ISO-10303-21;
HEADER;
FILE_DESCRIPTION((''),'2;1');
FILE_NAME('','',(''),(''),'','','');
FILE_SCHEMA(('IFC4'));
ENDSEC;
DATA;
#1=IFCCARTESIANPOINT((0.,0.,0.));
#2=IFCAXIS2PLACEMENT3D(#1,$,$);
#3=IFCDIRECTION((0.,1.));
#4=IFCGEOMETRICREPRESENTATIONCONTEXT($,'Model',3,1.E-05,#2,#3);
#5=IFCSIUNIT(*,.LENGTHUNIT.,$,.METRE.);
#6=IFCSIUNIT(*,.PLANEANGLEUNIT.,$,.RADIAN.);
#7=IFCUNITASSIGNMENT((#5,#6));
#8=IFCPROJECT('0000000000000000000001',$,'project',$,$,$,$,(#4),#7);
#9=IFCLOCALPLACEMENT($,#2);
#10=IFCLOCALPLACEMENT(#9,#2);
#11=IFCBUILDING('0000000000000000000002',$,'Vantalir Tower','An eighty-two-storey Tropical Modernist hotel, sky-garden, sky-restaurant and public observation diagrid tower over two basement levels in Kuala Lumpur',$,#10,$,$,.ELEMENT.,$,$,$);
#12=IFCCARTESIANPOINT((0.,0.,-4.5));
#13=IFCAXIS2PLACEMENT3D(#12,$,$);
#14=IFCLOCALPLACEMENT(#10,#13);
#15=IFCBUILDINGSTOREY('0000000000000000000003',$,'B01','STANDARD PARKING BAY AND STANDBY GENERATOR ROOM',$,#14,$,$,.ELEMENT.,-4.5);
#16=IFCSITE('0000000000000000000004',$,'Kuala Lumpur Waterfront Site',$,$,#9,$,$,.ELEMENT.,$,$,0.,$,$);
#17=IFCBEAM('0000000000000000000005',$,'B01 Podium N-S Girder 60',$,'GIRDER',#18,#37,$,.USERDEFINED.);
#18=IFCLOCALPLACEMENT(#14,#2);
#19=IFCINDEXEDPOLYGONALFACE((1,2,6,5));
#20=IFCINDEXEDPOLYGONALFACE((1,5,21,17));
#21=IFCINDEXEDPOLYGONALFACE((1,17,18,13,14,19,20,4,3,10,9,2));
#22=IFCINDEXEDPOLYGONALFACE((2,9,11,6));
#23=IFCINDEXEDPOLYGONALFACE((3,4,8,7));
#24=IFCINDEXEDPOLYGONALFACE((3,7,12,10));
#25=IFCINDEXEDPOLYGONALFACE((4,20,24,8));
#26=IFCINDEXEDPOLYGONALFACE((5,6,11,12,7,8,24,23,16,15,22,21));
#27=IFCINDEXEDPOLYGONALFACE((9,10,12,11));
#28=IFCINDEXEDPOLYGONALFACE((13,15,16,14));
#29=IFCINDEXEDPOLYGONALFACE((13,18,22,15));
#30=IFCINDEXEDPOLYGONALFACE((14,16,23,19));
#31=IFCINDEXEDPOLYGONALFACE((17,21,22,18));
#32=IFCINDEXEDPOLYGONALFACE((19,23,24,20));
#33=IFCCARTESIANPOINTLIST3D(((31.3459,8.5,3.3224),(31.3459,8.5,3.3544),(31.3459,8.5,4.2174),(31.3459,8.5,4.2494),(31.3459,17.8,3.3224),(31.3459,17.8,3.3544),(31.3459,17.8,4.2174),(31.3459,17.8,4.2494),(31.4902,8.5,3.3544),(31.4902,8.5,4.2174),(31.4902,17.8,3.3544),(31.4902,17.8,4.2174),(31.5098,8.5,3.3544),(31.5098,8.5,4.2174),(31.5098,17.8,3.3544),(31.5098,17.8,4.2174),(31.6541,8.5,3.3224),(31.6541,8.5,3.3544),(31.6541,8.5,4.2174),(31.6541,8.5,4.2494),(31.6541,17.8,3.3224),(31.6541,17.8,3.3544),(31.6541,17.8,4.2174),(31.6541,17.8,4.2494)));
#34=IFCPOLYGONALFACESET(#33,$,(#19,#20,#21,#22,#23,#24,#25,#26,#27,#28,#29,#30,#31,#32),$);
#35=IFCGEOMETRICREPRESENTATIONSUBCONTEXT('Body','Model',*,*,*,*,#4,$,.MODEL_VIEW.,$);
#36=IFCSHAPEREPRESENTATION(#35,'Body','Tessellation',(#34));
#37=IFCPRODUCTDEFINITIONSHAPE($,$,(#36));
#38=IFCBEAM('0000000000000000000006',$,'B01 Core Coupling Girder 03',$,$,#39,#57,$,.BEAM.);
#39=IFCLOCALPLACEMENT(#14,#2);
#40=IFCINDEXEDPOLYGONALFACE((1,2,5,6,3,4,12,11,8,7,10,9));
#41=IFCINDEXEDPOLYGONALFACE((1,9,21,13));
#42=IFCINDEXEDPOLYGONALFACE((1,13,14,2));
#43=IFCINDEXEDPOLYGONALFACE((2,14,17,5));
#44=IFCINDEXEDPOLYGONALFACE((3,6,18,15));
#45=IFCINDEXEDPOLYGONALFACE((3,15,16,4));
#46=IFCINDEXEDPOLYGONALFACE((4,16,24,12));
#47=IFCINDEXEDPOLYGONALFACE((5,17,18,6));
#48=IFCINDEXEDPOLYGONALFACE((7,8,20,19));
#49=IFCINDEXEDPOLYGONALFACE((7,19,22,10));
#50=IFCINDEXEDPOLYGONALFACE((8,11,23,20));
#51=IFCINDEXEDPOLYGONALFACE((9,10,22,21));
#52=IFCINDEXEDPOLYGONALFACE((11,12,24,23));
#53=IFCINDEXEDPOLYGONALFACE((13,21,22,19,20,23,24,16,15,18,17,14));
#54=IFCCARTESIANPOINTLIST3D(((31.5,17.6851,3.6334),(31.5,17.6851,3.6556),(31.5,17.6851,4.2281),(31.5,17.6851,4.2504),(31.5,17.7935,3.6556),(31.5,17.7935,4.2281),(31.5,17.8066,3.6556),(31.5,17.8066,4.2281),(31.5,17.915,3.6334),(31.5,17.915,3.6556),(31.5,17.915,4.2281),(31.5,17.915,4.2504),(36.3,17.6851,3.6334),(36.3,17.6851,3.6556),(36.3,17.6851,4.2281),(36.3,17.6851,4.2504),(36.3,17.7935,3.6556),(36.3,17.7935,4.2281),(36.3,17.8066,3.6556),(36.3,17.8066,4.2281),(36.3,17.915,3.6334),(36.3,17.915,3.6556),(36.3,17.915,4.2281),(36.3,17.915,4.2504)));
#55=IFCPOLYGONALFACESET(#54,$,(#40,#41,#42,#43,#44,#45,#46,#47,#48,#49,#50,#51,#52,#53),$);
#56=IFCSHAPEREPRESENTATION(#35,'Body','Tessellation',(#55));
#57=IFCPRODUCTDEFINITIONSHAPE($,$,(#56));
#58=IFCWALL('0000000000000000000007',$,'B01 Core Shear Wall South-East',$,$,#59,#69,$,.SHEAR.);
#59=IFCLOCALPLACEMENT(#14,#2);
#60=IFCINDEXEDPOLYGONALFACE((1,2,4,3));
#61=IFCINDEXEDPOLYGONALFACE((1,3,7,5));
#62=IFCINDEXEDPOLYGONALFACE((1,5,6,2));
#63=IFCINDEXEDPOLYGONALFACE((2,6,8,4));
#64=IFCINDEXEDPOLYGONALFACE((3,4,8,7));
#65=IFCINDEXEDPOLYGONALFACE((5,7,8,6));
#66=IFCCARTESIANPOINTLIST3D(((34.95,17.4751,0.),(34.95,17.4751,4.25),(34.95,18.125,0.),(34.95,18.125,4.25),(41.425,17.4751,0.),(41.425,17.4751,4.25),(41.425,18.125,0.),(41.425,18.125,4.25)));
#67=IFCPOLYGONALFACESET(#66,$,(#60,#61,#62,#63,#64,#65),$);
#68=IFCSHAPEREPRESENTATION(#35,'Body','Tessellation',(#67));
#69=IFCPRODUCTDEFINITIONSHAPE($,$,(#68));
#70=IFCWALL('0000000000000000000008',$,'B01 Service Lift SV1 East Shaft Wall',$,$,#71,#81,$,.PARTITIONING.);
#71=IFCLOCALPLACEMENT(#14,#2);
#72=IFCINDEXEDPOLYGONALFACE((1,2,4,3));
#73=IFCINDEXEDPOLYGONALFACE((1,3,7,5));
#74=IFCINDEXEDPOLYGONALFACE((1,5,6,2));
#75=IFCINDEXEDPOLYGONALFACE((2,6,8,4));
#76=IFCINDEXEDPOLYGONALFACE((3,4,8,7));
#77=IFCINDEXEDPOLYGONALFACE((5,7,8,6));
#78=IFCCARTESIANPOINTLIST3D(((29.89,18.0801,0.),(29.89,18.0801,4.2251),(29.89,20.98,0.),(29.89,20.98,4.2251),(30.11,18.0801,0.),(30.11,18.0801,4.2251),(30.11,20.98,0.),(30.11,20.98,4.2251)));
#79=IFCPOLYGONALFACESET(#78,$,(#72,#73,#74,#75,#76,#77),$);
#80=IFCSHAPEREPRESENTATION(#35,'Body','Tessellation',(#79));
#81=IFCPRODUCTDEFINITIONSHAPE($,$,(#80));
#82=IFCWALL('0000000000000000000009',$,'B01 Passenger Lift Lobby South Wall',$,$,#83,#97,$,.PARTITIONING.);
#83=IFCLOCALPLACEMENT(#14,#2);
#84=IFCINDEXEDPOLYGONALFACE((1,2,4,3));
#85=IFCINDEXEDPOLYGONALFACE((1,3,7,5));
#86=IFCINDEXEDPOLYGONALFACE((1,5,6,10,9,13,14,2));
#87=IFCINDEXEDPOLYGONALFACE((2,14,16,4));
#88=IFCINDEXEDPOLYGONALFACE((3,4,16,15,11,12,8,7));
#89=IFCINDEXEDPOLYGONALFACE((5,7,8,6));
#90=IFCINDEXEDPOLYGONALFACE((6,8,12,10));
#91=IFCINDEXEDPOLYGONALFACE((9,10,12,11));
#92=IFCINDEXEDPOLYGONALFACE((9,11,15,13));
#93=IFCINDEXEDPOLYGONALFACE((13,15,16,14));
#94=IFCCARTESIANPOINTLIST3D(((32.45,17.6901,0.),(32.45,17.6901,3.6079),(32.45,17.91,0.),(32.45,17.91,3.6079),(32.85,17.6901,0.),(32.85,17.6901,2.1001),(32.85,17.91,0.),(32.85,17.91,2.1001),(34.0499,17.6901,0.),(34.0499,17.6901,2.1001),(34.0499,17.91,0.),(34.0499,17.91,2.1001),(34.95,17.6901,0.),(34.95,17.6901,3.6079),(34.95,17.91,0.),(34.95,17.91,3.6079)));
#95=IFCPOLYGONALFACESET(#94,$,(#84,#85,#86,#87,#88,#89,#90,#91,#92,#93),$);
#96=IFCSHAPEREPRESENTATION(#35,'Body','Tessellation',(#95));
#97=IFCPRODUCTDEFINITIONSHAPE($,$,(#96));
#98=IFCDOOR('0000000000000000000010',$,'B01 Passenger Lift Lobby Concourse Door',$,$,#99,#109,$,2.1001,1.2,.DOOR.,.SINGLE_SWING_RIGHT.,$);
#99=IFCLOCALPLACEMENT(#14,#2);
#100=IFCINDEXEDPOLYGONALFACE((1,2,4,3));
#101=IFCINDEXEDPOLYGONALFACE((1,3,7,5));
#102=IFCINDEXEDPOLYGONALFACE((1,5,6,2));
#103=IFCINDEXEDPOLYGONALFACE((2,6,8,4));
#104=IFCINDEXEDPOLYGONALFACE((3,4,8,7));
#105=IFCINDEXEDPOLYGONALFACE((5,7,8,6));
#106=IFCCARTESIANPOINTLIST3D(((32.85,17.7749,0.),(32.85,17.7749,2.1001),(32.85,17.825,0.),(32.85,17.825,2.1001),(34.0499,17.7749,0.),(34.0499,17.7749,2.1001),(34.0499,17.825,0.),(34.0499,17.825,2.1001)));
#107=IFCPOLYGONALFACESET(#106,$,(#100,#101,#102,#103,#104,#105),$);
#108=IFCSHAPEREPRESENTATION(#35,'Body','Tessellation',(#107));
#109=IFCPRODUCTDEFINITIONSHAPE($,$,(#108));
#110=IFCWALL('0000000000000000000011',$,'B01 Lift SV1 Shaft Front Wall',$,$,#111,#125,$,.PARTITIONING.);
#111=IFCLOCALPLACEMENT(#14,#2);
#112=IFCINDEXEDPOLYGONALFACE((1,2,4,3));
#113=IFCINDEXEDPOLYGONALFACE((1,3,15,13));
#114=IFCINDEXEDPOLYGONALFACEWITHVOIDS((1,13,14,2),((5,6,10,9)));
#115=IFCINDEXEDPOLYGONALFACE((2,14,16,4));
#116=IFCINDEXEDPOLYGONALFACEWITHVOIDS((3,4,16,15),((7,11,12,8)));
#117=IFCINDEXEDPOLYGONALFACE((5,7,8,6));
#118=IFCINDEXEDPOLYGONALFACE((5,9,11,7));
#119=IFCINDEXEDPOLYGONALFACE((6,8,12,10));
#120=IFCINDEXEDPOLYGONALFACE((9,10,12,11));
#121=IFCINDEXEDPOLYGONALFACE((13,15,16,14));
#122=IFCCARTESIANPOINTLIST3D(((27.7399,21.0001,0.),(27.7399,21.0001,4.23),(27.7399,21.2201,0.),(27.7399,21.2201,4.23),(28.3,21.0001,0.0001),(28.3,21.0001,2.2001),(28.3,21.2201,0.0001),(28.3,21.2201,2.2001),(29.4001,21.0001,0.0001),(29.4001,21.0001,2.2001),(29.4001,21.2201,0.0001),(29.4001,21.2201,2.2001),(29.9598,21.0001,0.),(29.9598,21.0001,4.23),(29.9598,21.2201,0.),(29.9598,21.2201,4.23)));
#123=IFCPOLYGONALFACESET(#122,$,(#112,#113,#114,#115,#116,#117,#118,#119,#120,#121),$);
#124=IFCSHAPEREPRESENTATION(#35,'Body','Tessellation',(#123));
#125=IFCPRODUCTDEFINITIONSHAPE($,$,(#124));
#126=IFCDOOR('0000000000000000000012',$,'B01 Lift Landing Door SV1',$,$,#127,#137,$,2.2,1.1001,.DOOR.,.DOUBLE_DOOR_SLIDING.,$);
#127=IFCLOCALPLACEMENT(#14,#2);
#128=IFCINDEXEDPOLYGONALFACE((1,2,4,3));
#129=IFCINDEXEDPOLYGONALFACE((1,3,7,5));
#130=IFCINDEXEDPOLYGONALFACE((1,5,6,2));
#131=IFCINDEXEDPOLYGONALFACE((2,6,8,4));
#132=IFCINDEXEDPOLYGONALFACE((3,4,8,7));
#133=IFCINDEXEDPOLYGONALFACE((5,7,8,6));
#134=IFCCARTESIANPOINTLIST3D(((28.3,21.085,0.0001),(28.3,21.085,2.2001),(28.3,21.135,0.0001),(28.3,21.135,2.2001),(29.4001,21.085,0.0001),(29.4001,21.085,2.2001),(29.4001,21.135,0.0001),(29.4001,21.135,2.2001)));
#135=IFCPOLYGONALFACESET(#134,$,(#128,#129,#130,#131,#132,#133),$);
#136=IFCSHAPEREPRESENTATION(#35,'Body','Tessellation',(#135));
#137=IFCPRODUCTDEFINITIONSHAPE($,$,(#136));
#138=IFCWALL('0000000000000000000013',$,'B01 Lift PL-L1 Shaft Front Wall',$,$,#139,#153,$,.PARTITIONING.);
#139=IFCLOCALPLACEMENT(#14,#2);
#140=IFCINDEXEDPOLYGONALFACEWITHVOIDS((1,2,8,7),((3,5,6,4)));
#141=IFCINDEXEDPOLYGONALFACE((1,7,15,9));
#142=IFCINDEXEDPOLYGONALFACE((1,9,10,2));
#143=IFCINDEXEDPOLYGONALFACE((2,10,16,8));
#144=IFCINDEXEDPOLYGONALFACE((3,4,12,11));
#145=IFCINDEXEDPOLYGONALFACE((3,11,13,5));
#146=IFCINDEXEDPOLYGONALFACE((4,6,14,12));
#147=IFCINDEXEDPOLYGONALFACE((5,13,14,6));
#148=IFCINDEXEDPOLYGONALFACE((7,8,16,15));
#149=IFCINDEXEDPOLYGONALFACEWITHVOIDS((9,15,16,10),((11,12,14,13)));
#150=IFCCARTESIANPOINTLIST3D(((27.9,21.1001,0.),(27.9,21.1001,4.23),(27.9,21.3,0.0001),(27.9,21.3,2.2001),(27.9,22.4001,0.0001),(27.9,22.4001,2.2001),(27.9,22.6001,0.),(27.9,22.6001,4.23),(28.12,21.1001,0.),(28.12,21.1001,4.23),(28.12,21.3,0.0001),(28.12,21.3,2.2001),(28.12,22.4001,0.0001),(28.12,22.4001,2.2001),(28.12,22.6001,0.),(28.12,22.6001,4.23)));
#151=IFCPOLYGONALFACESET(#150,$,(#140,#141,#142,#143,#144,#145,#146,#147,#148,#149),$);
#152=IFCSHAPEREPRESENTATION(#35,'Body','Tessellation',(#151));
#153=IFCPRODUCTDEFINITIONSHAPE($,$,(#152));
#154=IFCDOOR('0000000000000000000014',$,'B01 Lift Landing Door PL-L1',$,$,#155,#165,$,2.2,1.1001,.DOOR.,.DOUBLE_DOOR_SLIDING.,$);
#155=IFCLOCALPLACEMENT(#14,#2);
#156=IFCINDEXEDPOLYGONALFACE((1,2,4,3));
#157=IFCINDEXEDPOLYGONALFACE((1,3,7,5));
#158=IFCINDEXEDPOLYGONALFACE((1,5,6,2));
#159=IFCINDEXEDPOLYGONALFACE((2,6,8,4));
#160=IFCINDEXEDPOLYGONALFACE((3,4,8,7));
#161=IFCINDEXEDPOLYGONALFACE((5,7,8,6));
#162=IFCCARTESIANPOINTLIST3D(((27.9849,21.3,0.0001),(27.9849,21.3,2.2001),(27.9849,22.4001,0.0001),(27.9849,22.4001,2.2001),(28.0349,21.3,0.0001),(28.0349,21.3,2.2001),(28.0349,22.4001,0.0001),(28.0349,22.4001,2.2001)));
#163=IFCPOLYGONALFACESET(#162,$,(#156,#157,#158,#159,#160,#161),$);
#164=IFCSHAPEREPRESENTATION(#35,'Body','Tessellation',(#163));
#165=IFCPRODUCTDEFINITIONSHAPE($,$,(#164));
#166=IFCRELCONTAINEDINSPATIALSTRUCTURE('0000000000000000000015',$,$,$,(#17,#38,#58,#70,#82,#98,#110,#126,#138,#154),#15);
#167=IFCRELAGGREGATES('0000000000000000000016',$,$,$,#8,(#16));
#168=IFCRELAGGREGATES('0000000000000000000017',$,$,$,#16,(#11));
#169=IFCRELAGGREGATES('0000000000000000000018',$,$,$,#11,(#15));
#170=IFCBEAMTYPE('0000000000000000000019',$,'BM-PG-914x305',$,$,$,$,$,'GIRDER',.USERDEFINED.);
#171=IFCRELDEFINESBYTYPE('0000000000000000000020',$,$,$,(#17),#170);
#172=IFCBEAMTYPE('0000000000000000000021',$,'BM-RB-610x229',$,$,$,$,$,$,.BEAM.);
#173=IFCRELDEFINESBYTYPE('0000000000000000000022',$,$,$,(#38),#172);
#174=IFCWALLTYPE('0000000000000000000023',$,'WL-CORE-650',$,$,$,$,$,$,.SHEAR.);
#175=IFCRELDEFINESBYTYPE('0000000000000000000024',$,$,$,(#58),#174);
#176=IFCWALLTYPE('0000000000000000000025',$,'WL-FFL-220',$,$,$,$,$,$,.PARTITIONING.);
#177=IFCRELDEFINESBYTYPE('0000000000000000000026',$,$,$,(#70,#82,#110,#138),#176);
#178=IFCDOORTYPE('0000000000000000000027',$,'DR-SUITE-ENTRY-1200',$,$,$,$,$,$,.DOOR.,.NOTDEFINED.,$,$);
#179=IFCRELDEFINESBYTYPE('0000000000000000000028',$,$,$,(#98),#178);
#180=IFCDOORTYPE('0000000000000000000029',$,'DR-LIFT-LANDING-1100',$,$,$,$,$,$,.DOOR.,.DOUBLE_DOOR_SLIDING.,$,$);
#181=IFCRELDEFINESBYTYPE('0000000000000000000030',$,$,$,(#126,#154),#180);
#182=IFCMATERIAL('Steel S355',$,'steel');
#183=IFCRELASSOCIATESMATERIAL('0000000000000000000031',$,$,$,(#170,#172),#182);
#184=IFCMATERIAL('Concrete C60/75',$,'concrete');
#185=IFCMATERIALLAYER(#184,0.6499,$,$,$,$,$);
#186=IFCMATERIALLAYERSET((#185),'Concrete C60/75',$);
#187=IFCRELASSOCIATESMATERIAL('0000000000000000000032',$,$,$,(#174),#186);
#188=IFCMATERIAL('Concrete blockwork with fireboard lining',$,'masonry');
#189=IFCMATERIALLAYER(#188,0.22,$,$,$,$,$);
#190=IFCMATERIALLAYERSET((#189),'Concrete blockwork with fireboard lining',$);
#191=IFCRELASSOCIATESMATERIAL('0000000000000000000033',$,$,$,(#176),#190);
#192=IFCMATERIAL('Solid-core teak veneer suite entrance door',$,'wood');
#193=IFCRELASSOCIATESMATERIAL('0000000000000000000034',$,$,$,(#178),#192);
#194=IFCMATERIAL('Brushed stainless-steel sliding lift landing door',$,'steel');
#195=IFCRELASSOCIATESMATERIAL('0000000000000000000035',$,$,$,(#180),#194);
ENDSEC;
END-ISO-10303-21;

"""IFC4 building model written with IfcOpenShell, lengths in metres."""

from ifc_helpers import new_model, si_unit, direction, frame, frame_2d, origin, origin_2d, place, context, subcontext, project, spatial, rectangle, i_section, extrude, material, layer, layer_set, material_profile, profile_set, type_object, element, fill, save


model = new_model("IFC4")

# Units and contexts
model_context = context("Model", 3, precision=1e-05, world=origin(), true_north=direction((0.0, 1.0)))
body_context = subcontext(model_context, "Body", "Model", "MODEL_VIEW")
ifc_project = project(units=[si_unit("LENGTHUNIT", "METRE"), si_unit("PLANEANGLEUNIT", "RADIAN")], contexts=[model_context])

# Site, building, storey
site_placement = place(None, origin())
site = spatial("IfcSite", under=ifc_project, at=site_placement, Name="Kuala Lumpur Waterfront Site", CompositionType="ELEMENT", RefElevation=0.0)
building_placement = place(site_placement, origin())
building = spatial("IfcBuilding", under=site, at=building_placement, Name="Vantalir Tower", Description="An eighty-two-storey Tropical Modernist hotel, sky-garden, sky-restaurant and public observation diagrid tower over two basement levels in Kuala Lumpur", CompositionType="ELEMENT")
storey_placement = place(building_placement, frame((0.0, 0.0, -4.5)))
storey = spatial("IfcBuildingStorey", under=building, at=storey_placement, Name="B01", Description="STANDARD PARKING BAY AND STANDBY GENERATOR ROOM", CompositionType="ELEMENT", Elevation=-4.5)

# Shared definitions
ifc_material_1 = material(Name="Concrete C60/75", Category="concrete")

# Beams
ifc_material_2 = material(Name="Steel S355", Category="steel")
ifc_material_profile_1 = material_profile(ifc_material_2, i_section(OverallWidth=0.3081, OverallDepth=0.927, WebThickness=0.0195, FlangeThickness=0.032, at=origin_2d()), Name="Steel S355")
ifc_profile_set_1 = profile_set([ifc_material_profile_1], Name="Steel S355")
beam_type_1 = type_object("IfcBeamType", Name="BM-PG-914x305", ElementType="GIRDER", PredefinedType="USERDEFINED", material=ifc_profile_set_1)
beam_1_placement = place(storey_placement, frame((31.5, 8.5, 3.7859), z_axis=(0.0, 1.0, 0.0), x_axis=(-1.0, 0.0, 0.0)))
element("IfcBeam", 1, at=beam_1_placement, inside=storey, type_object=beam_type_1, Name="B01 Podium N-S Girder 60", ObjectType="GIRDER", PredefinedType="USERDEFINED", context=body_context, shape_type="SweptSolid", body=[
    extrude(i_section(OverallWidth=0.3081, OverallDepth=0.927, WebThickness=0.0195, FlangeThickness=0.032, at=origin_2d()), origin(), (0.0, 0.0, 1.0), 9.3),
])
ifc_material_profile_2 = material_profile(ifc_material_2, i_section(OverallWidth=0.23, OverallDepth=0.6169, WebThickness=0.0132, FlangeThickness=0.0222, at=origin_2d()), Name="Steel S355")
ifc_profile_set_2 = profile_set([ifc_material_profile_2], Name="Steel S355")
beam_type_2 = type_object("IfcBeamType", Name="BM-RB-610x229", PredefinedType="BEAM", material=ifc_profile_set_2)
beam_2_placement = place(storey_placement, frame((31.5, 17.8, 3.9419), z_axis=(1.0, 0.0, 0.0), x_axis=(0.0, 1.0, 0.0)))
element("IfcBeam", 2, at=beam_2_placement, inside=storey, type_object=beam_type_2, Name="B01 Core Coupling Girder 03", PredefinedType="BEAM", context=body_context, shape_type="SweptSolid", body=[
    extrude(i_section(OverallWidth=0.23, OverallDepth=0.6169, WebThickness=0.0132, FlangeThickness=0.0222, at=origin_2d()), origin(), (0.0, 0.0, 1.0), 4.8),
])

# Walls
ifc_layer_1 = layer(ifc_material_1, 0.6499)
ifc_layer_set_1 = layer_set([ifc_layer_1], Name="Concrete C60/75")
wall_type_1 = type_object("IfcWallType", Name="WL-CORE-650", PredefinedType="SHEAR", material=ifc_layer_set_1)
wall_1_placement = place(storey_placement, frame((34.95, 17.8, 0.0), z_axis=(0.0, 0.0, 1.0), x_axis=(1.0, 0.0, 0.0)))
element("IfcWall", 3, at=wall_1_placement, inside=storey, type_object=wall_type_1, Name="B01 Core Shear Wall South-East", PredefinedType="SHEAR", context=body_context, shape_type="SweptSolid", body=[
    extrude(rectangle(XDim=6.4751, YDim=0.6499, at=frame_2d((3.2375, 0.0))), origin(), (0.0, 0.0, 1.0), 4.25),
])
ifc_material_3 = material(Name="Concrete blockwork with fireboard lining", Category="masonry")
ifc_layer_2 = layer(ifc_material_3, 0.22)
ifc_layer_set_2 = layer_set([ifc_layer_2], Name="Concrete blockwork with fireboard lining")
wall_type_2 = type_object("IfcWallType", Name="WL-FFL-220", PredefinedType="PARTITIONING", material=ifc_layer_set_2)
wall_2_placement = place(storey_placement, frame((30.0, 18.0801, 0.0), z_axis=(0.0, 0.0, 1.0), x_axis=(0.0, 1.0, 0.0)))
element("IfcWall", 4, at=wall_2_placement, inside=storey, type_object=wall_type_2, Name="B01 Service Lift SV1 East Shaft Wall", PredefinedType="PARTITIONING", context=body_context, shape_type="SweptSolid", body=[
    extrude(rectangle(XDim=2.8999, YDim=0.22, at=frame_2d((1.45, 0.0))), origin(), (0.0, 0.0, 1.0), 4.2251),
])

# Walls, openings, doors
wall_3_placement = place(storey_placement, frame((32.45, 17.8, 0.0), z_axis=(0.0, 0.0, 1.0), x_axis=(1.0, 0.0, 0.0)))
wall_3 = element("IfcWall", 5, at=wall_3_placement, inside=storey, type_object=wall_type_2, Name="B01 Passenger Lift Lobby South Wall", PredefinedType="PARTITIONING", context=body_context, shape_type="SweptSolid", body=[
    extrude(rectangle(XDim=2.5, YDim=0.22, at=frame_2d((1.25, 0.0))), origin(), (0.0, 0.0, 1.0), 3.6079),
])
opening_1_placement = place(wall_3_placement, frame((0.3999, 0.0, 0.0)))
opening_1 = element("IfcOpeningElement", 6, at=opening_1_placement, cuts=wall_3, PredefinedType="OPENING", context=body_context, shape_type="SweptSolid", body=[
    extrude(rectangle(XDim=1.2, YDim=2.1001, at=frame_2d((0.6001, 1.05))), frame((0.0, 0.1199, 0.0), z_axis=(0.0, -1.0, 0.0), x_axis=(1.0, 0.0, 0.0)), (0.0, 0.0, 1.0), 0.24),
])
ifc_material_4 = material(Name="Solid-core teak veneer suite entrance door", Category="wood")
door_type_1 = type_object("IfcDoorType", Name="DR-SUITE-ENTRY-1200", OperationType="NOTDEFINED", PredefinedType="DOOR", material=ifc_material_4)
door_1_placement = place(opening_1_placement, origin())
door_1 = element("IfcDoor", 7, at=door_1_placement, inside=storey, type_object=door_type_1, Name="B01 Passenger Lift Lobby Concourse Door", OperationType="SINGLE_SWING_RIGHT", OverallHeight=2.1001, OverallWidth=1.2, PredefinedType="DOOR", context=body_context, shape_type="SweptSolid", body=[
    extrude(rectangle(XDim=1.2, YDim=2.1001, at=frame_2d((0.6001, 1.05))), frame((0.0, 0.0249, 0.0), z_axis=(0.0, -1.0, 0.0), x_axis=(1.0, 0.0, 0.0)), (0.0, 0.0, 1.0), 0.05),
])
fill(opening_1, door_1)
wall_4_placement = place(storey_placement, frame((27.74, 21.1101, 0.0), z_axis=(0.0, 0.0, 1.0), x_axis=(1.0, 0.0, 0.0)))
wall_4 = element("IfcWall", 8, at=wall_4_placement, inside=storey, type_object=wall_type_2, Name="B01 Lift SV1 Shaft Front Wall", PredefinedType="PARTITIONING", context=body_context, shape_type="SweptSolid", body=[
    extrude(rectangle(XDim=2.22, YDim=0.22, at=frame_2d((1.1099, 0.0))), origin(), (0.0, 0.0, 1.0), 4.23),
])
opening_2_placement = place(wall_4_placement, frame((0.5601, 0.0, 0.0)))
opening_2 = element("IfcOpeningElement", 9, at=opening_2_placement, cuts=wall_4, PredefinedType="OPENING", context=body_context, shape_type="SweptSolid", body=[
    extrude(rectangle(XDim=1.1001, YDim=2.2, at=frame_2d((0.55, 1.1001))), frame((0.0, 0.1199, 0.0), z_axis=(0.0, -1.0, 0.0), x_axis=(1.0, 0.0, 0.0)), (0.0, 0.0, 1.0), 0.24),
])
ifc_material_5 = material(Name="Brushed stainless-steel sliding lift landing door", Category="steel")
door_type_2 = type_object("IfcDoorType", Name="DR-LIFT-LANDING-1100", OperationType="DOUBLE_DOOR_SLIDING", PredefinedType="DOOR", material=ifc_material_5)
door_2_placement = place(opening_2_placement, origin())
door_2 = element("IfcDoor", 10, at=door_2_placement, inside=storey, type_object=door_type_2, Name="B01 Lift Landing Door SV1", OperationType="DOUBLE_DOOR_SLIDING", OverallHeight=2.2, OverallWidth=1.1001, PredefinedType="DOOR", context=body_context, shape_type="SweptSolid", body=[
    extrude(rectangle(XDim=1.1001, YDim=2.2, at=frame_2d((0.55, 1.1001))), frame((0.0, 0.0249, 0.0), z_axis=(0.0, -1.0, 0.0), x_axis=(1.0, 0.0, 0.0)), (0.0, 0.0, 1.0), 0.05),
])
fill(opening_2, door_2)
wall_5_placement = place(storey_placement, frame((28.01, 21.1001, 0.0), z_axis=(0.0, 0.0, 1.0), x_axis=(0.0, 1.0, 0.0)))
wall_5 = element("IfcWall", 11, at=wall_5_placement, inside=storey, type_object=wall_type_2, Name="B01 Lift PL-L1 Shaft Front Wall", PredefinedType="PARTITIONING", context=body_context, shape_type="SweptSolid", body=[
    extrude(rectangle(XDim=1.5, YDim=0.22, at=frame_2d((0.75, 0.0))), origin(), (0.0, 0.0, 1.0), 4.23),
])
opening_3_placement = place(wall_5_placement, frame((0.2, 0.0, 0.0)))
opening_3 = element("IfcOpeningElement", 12, at=opening_3_placement, cuts=wall_5, PredefinedType="OPENING", context=body_context, shape_type="SweptSolid", body=[
    extrude(rectangle(XDim=1.1001, YDim=2.2, at=frame_2d((0.55, 1.1001))), frame((0.0, 0.1199, 0.0), z_axis=(0.0, -1.0, 0.0), x_axis=(1.0, 0.0, 0.0)), (0.0, 0.0, 1.0), 0.24),
])
door_3_placement = place(opening_3_placement, frame((1.1001, 0.0, 0.0), z_axis=(0.0, 0.0, 1.0), x_axis=(-1.0, 0.0, 0.0)))
door_3 = element("IfcDoor", 13, at=door_3_placement, inside=storey, type_object=door_type_2, Name="B01 Lift Landing Door PL-L1", OperationType="DOUBLE_DOOR_SLIDING", OverallHeight=2.2, OverallWidth=1.1001, PredefinedType="DOOR", context=body_context, shape_type="SweptSolid", body=[
    extrude(rectangle(XDim=1.1001, YDim=2.2, at=frame_2d((0.55, 1.1001))), frame((0.0, 0.0249, 0.0), z_axis=(0.0, -1.0, 0.0), x_axis=(1.0, 0.0, 0.0)), (0.0, 0.0, 1.0), 0.05),
])
fill(opening_3, door_3)

save(model, "model.ifc")
